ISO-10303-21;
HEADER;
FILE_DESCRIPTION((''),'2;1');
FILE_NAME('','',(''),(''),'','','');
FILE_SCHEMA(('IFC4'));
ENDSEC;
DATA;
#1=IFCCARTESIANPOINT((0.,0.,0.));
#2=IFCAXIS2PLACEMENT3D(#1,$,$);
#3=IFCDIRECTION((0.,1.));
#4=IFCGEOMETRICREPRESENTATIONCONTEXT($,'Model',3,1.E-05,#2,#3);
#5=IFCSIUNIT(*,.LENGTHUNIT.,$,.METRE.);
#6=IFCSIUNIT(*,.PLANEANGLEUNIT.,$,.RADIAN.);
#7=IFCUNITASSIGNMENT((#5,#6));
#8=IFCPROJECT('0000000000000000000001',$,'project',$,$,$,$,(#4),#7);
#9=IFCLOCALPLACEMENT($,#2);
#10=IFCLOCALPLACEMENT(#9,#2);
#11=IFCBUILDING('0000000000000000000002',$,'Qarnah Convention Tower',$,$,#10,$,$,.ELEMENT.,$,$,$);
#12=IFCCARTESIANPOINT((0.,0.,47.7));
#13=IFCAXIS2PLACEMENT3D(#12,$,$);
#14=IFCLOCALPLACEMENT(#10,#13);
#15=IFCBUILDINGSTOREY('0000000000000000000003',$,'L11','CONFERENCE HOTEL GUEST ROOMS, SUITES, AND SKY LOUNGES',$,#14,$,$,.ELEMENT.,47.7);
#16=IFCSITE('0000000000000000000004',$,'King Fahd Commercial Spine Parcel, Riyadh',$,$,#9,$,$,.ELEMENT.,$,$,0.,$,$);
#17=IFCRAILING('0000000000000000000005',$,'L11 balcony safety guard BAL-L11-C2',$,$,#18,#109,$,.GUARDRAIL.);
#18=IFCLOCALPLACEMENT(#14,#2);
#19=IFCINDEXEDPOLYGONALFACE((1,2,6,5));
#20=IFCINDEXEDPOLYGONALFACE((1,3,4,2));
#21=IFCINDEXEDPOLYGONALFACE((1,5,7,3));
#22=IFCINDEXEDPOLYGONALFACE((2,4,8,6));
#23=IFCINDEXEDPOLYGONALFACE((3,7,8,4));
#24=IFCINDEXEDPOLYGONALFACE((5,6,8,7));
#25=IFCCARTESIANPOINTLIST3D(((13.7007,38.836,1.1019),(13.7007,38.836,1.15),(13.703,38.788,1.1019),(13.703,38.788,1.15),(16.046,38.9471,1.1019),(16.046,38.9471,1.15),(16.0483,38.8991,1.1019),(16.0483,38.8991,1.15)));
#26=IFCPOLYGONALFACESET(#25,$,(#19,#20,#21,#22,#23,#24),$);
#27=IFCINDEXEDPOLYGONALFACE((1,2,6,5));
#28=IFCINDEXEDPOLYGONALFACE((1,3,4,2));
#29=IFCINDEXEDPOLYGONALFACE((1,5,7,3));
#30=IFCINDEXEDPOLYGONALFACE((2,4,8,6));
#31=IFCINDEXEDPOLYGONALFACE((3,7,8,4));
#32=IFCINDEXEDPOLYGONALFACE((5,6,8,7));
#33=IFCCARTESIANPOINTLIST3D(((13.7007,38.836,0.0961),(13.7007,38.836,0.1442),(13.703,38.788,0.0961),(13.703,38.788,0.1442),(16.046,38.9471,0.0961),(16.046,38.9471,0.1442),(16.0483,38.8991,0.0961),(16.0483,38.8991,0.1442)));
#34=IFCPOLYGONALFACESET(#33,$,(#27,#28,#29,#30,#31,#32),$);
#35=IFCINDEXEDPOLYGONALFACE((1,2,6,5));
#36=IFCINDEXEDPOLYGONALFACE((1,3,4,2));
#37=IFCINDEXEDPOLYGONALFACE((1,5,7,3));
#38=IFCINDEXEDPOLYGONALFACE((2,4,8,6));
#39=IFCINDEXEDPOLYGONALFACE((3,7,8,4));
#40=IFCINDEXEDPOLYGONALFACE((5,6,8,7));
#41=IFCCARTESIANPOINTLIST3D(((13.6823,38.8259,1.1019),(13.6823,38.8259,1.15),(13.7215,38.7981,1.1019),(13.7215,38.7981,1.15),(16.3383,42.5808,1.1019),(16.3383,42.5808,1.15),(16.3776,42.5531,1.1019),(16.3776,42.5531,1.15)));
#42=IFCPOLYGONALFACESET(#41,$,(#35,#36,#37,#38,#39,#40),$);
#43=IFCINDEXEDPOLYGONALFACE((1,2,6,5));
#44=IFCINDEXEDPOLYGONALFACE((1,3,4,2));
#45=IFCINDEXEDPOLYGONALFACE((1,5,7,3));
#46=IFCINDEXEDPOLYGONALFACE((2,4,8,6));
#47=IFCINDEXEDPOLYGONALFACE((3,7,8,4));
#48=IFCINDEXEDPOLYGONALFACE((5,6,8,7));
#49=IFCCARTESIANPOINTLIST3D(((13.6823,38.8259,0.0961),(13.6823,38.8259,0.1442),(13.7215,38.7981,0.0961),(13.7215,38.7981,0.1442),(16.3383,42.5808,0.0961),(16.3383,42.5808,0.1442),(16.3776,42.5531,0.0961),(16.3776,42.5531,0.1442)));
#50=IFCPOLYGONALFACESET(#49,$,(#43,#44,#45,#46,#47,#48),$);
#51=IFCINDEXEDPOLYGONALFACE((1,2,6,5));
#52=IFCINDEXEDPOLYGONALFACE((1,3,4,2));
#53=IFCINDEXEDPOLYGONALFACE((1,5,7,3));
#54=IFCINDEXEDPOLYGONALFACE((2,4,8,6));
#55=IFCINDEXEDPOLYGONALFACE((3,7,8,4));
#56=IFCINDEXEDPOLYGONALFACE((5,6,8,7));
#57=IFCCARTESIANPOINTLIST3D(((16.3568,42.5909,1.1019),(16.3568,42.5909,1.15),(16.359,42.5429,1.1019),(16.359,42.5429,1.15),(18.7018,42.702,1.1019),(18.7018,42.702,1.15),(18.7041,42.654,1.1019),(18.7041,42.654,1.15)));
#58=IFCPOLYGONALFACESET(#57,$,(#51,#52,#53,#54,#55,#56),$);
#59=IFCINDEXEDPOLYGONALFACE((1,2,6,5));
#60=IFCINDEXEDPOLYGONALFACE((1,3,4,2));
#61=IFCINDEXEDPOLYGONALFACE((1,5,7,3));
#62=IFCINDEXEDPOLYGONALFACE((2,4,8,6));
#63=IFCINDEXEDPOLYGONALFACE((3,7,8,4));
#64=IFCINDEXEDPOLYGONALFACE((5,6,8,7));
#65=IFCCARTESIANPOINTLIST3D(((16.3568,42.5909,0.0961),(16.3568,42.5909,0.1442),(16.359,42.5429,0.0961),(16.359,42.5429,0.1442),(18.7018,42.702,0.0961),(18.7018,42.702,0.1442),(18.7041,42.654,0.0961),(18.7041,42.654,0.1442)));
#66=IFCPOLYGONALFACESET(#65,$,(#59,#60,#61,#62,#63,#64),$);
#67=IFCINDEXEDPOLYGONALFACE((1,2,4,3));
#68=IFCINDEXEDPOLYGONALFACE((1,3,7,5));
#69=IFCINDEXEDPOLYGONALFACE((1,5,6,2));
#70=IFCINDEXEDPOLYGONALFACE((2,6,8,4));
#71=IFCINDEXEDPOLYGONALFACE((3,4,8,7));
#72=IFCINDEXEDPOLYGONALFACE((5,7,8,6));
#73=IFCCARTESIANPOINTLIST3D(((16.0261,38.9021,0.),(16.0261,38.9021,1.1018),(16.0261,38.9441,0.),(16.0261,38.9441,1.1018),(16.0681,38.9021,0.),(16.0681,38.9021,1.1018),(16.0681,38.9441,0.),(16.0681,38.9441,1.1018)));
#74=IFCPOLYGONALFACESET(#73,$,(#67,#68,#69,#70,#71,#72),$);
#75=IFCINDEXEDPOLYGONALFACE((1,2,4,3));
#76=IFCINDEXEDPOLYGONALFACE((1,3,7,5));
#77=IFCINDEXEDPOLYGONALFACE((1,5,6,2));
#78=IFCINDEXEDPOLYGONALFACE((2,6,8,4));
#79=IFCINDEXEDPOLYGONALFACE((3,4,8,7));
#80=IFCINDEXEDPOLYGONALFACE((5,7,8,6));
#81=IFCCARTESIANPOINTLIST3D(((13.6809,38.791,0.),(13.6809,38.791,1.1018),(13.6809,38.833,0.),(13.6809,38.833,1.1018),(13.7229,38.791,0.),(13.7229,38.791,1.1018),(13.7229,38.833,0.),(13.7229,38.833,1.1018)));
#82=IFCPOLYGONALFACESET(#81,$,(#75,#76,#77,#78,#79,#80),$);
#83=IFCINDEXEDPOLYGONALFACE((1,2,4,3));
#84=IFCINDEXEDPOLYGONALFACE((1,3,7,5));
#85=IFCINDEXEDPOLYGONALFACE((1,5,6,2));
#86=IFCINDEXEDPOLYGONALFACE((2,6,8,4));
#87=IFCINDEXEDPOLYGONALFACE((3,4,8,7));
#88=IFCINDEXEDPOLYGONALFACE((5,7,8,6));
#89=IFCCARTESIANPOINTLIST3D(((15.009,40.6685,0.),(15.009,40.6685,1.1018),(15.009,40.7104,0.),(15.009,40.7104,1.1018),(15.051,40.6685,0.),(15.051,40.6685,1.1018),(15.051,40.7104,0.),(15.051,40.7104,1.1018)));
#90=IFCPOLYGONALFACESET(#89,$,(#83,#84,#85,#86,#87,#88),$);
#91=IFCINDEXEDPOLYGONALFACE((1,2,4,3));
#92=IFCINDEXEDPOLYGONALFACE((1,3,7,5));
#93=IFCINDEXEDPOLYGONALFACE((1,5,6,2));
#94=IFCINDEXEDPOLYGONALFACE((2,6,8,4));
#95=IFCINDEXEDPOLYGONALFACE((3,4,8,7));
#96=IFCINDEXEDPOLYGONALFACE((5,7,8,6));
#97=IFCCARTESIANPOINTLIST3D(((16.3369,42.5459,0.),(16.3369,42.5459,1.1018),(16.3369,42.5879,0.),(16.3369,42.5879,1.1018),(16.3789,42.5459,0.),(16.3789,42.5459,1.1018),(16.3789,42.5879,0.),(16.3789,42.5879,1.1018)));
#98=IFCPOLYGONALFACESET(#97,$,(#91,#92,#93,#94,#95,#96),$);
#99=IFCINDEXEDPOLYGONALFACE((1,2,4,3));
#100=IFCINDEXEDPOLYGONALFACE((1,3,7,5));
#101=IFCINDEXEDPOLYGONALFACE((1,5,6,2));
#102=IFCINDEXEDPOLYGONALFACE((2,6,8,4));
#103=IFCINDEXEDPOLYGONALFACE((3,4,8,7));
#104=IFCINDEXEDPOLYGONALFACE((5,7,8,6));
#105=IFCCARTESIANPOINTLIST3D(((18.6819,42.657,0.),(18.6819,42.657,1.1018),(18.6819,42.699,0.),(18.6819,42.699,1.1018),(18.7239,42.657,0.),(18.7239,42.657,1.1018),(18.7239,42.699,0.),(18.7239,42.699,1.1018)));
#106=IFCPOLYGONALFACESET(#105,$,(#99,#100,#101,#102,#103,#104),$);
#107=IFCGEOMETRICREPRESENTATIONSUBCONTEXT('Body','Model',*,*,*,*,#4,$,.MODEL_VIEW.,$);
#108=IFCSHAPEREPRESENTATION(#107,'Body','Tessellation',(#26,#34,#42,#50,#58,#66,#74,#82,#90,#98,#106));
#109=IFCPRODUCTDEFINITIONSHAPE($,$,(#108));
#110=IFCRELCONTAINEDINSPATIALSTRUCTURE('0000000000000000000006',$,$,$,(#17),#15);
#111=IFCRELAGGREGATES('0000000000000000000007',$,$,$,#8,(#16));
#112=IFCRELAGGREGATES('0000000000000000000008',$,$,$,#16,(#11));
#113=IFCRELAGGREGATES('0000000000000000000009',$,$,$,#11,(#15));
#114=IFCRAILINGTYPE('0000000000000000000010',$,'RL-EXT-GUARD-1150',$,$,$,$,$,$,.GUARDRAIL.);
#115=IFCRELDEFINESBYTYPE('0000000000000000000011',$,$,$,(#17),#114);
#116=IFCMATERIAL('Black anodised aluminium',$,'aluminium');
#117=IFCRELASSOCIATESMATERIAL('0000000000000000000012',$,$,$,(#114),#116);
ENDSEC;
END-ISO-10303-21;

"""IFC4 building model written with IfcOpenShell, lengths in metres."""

from ifc_helpers import new_model, si_unit, direction, frame, origin, origin_2d, place, context, subcontext, project, spatial, rectangle, extrude, material, type_object, element, save


model = new_model("IFC4")

# Units and contexts
model_context = context("Model", 3, precision=1e-05, world=origin(), true_north=direction((0.0, 1.0)))
body_context = subcontext(model_context, "Body", "Model", "MODEL_VIEW")
ifc_project = project(units=[si_unit("LENGTHUNIT", "METRE"), si_unit("PLANEANGLEUNIT", "RADIAN")], contexts=[model_context])

# Site, building, storey
site_placement = place(None, origin())
site = spatial("IfcSite", under=ifc_project, at=site_placement, Name="King Fahd Commercial Spine Parcel, Riyadh", CompositionType="ELEMENT", RefElevation=0.0)
building_placement = place(site_placement, origin())
building = spatial("IfcBuilding", under=site, at=building_placement, Name="Qarnah Convention Tower", CompositionType="ELEMENT")
storey_placement = place(building_placement, frame((0.0, 0.0, 47.7)))
storey = spatial("IfcBuildingStorey", under=building, at=storey_placement, Name="L11", Description="CONFERENCE HOTEL GUEST ROOMS, SUITES, AND SKY LOUNGES", CompositionType="ELEMENT", Elevation=47.7)

# Shared definitions
ifc_material_1 = material(Name="Black anodised aluminium", Category="aluminium")

# Railing
railing_type = type_object("IfcRailingType", Name="RL-EXT-GUARD-1150", PredefinedType="GUARDRAIL", material=ifc_material_1)
railing_1_placement = place(storey_placement, frame((16.0471, 38.9231, 0.0)))
element("IfcRailing", 1, at=railing_1_placement, inside=storey, type_object=railing_type, Name="L11 balcony safety guard BAL-L11-C2", PredefinedType="GUARDRAIL", context=body_context, shape_type="SweptSolid", body=[
    extrude(rectangle(XDim=0.0481, YDim=0.0481, at=origin_2d()), frame((0.0, 0.0, 1.126), z_axis=(-0.99888, -0.047313, 0.0), x_axis=(0.047313, -0.99888, 0.0)), (0.0, 0.0, 1.0), 2.3479),
    extrude(rectangle(XDim=0.0481, YDim=0.0481, at=origin_2d()), frame((0.0, 0.0, 0.1201), z_axis=(-0.99888, -0.047313, 0.0), x_axis=(0.047313, -0.99888, 0.0)), (0.0, 0.0, 1.0), 2.3479),
    extrude(rectangle(XDim=0.0481, YDim=0.0481, at=origin_2d()), frame((-2.3452, -0.1111, 1.126), z_axis=(0.577481, 0.816404, 0.0), x_axis=(-0.816404, 0.577481, 0.0)), (0.0, 0.0, 1.0), 4.5994),
    extrude(rectangle(XDim=0.0481, YDim=0.0481, at=origin_2d()), frame((-2.3452, -0.1111, 0.1201), z_axis=(0.577481, 0.816404, 0.0), x_axis=(-0.816404, 0.577481, 0.0)), (0.0, 0.0, 1.0), 4.5994),
    extrude(rectangle(XDim=0.0481, YDim=0.0481, at=origin_2d()), frame((0.3108, 3.6438, 1.126), z_axis=(0.99888, 0.047318, 0.0), x_axis=(-0.047318, 0.99888, 0.0)), (0.0, 0.0, 1.0), 2.3477),
    extrude(rectangle(XDim=0.0481, YDim=0.0481, at=origin_2d()), frame((0.3108, 3.6438, 0.1201), z_axis=(0.99888, 0.047318, 0.0), x_axis=(-0.047318, 0.99888, 0.0)), (0.0, 0.0, 1.0), 2.3477),
    extrude(rectangle(XDim=0.042, YDim=0.042, at=origin_2d()), origin(), (0.0, 0.0, 1.0), 1.1018),
    extrude(rectangle(XDim=0.042, YDim=0.042, at=origin_2d()), frame((-2.3452, -0.1111, 0.0)), (0.0, 0.0, 1.0), 1.1018),
    extrude(rectangle(XDim=0.042, YDim=0.042, at=origin_2d()), frame((-1.0171, 1.7664, 0.0)), (0.0, 0.0, 1.0), 1.1018),
    extrude(rectangle(XDim=0.042, YDim=0.042, at=origin_2d()), frame((0.3108, 3.6438, 0.0)), (0.0, 0.0, 1.0), 1.1018),
    extrude(rectangle(XDim=0.042, YDim=0.042, at=origin_2d()), frame((2.6558, 3.7549, 0.0)), (0.0, 0.0, 1.0), 1.1018),
])

save(model, "model.ifc")
